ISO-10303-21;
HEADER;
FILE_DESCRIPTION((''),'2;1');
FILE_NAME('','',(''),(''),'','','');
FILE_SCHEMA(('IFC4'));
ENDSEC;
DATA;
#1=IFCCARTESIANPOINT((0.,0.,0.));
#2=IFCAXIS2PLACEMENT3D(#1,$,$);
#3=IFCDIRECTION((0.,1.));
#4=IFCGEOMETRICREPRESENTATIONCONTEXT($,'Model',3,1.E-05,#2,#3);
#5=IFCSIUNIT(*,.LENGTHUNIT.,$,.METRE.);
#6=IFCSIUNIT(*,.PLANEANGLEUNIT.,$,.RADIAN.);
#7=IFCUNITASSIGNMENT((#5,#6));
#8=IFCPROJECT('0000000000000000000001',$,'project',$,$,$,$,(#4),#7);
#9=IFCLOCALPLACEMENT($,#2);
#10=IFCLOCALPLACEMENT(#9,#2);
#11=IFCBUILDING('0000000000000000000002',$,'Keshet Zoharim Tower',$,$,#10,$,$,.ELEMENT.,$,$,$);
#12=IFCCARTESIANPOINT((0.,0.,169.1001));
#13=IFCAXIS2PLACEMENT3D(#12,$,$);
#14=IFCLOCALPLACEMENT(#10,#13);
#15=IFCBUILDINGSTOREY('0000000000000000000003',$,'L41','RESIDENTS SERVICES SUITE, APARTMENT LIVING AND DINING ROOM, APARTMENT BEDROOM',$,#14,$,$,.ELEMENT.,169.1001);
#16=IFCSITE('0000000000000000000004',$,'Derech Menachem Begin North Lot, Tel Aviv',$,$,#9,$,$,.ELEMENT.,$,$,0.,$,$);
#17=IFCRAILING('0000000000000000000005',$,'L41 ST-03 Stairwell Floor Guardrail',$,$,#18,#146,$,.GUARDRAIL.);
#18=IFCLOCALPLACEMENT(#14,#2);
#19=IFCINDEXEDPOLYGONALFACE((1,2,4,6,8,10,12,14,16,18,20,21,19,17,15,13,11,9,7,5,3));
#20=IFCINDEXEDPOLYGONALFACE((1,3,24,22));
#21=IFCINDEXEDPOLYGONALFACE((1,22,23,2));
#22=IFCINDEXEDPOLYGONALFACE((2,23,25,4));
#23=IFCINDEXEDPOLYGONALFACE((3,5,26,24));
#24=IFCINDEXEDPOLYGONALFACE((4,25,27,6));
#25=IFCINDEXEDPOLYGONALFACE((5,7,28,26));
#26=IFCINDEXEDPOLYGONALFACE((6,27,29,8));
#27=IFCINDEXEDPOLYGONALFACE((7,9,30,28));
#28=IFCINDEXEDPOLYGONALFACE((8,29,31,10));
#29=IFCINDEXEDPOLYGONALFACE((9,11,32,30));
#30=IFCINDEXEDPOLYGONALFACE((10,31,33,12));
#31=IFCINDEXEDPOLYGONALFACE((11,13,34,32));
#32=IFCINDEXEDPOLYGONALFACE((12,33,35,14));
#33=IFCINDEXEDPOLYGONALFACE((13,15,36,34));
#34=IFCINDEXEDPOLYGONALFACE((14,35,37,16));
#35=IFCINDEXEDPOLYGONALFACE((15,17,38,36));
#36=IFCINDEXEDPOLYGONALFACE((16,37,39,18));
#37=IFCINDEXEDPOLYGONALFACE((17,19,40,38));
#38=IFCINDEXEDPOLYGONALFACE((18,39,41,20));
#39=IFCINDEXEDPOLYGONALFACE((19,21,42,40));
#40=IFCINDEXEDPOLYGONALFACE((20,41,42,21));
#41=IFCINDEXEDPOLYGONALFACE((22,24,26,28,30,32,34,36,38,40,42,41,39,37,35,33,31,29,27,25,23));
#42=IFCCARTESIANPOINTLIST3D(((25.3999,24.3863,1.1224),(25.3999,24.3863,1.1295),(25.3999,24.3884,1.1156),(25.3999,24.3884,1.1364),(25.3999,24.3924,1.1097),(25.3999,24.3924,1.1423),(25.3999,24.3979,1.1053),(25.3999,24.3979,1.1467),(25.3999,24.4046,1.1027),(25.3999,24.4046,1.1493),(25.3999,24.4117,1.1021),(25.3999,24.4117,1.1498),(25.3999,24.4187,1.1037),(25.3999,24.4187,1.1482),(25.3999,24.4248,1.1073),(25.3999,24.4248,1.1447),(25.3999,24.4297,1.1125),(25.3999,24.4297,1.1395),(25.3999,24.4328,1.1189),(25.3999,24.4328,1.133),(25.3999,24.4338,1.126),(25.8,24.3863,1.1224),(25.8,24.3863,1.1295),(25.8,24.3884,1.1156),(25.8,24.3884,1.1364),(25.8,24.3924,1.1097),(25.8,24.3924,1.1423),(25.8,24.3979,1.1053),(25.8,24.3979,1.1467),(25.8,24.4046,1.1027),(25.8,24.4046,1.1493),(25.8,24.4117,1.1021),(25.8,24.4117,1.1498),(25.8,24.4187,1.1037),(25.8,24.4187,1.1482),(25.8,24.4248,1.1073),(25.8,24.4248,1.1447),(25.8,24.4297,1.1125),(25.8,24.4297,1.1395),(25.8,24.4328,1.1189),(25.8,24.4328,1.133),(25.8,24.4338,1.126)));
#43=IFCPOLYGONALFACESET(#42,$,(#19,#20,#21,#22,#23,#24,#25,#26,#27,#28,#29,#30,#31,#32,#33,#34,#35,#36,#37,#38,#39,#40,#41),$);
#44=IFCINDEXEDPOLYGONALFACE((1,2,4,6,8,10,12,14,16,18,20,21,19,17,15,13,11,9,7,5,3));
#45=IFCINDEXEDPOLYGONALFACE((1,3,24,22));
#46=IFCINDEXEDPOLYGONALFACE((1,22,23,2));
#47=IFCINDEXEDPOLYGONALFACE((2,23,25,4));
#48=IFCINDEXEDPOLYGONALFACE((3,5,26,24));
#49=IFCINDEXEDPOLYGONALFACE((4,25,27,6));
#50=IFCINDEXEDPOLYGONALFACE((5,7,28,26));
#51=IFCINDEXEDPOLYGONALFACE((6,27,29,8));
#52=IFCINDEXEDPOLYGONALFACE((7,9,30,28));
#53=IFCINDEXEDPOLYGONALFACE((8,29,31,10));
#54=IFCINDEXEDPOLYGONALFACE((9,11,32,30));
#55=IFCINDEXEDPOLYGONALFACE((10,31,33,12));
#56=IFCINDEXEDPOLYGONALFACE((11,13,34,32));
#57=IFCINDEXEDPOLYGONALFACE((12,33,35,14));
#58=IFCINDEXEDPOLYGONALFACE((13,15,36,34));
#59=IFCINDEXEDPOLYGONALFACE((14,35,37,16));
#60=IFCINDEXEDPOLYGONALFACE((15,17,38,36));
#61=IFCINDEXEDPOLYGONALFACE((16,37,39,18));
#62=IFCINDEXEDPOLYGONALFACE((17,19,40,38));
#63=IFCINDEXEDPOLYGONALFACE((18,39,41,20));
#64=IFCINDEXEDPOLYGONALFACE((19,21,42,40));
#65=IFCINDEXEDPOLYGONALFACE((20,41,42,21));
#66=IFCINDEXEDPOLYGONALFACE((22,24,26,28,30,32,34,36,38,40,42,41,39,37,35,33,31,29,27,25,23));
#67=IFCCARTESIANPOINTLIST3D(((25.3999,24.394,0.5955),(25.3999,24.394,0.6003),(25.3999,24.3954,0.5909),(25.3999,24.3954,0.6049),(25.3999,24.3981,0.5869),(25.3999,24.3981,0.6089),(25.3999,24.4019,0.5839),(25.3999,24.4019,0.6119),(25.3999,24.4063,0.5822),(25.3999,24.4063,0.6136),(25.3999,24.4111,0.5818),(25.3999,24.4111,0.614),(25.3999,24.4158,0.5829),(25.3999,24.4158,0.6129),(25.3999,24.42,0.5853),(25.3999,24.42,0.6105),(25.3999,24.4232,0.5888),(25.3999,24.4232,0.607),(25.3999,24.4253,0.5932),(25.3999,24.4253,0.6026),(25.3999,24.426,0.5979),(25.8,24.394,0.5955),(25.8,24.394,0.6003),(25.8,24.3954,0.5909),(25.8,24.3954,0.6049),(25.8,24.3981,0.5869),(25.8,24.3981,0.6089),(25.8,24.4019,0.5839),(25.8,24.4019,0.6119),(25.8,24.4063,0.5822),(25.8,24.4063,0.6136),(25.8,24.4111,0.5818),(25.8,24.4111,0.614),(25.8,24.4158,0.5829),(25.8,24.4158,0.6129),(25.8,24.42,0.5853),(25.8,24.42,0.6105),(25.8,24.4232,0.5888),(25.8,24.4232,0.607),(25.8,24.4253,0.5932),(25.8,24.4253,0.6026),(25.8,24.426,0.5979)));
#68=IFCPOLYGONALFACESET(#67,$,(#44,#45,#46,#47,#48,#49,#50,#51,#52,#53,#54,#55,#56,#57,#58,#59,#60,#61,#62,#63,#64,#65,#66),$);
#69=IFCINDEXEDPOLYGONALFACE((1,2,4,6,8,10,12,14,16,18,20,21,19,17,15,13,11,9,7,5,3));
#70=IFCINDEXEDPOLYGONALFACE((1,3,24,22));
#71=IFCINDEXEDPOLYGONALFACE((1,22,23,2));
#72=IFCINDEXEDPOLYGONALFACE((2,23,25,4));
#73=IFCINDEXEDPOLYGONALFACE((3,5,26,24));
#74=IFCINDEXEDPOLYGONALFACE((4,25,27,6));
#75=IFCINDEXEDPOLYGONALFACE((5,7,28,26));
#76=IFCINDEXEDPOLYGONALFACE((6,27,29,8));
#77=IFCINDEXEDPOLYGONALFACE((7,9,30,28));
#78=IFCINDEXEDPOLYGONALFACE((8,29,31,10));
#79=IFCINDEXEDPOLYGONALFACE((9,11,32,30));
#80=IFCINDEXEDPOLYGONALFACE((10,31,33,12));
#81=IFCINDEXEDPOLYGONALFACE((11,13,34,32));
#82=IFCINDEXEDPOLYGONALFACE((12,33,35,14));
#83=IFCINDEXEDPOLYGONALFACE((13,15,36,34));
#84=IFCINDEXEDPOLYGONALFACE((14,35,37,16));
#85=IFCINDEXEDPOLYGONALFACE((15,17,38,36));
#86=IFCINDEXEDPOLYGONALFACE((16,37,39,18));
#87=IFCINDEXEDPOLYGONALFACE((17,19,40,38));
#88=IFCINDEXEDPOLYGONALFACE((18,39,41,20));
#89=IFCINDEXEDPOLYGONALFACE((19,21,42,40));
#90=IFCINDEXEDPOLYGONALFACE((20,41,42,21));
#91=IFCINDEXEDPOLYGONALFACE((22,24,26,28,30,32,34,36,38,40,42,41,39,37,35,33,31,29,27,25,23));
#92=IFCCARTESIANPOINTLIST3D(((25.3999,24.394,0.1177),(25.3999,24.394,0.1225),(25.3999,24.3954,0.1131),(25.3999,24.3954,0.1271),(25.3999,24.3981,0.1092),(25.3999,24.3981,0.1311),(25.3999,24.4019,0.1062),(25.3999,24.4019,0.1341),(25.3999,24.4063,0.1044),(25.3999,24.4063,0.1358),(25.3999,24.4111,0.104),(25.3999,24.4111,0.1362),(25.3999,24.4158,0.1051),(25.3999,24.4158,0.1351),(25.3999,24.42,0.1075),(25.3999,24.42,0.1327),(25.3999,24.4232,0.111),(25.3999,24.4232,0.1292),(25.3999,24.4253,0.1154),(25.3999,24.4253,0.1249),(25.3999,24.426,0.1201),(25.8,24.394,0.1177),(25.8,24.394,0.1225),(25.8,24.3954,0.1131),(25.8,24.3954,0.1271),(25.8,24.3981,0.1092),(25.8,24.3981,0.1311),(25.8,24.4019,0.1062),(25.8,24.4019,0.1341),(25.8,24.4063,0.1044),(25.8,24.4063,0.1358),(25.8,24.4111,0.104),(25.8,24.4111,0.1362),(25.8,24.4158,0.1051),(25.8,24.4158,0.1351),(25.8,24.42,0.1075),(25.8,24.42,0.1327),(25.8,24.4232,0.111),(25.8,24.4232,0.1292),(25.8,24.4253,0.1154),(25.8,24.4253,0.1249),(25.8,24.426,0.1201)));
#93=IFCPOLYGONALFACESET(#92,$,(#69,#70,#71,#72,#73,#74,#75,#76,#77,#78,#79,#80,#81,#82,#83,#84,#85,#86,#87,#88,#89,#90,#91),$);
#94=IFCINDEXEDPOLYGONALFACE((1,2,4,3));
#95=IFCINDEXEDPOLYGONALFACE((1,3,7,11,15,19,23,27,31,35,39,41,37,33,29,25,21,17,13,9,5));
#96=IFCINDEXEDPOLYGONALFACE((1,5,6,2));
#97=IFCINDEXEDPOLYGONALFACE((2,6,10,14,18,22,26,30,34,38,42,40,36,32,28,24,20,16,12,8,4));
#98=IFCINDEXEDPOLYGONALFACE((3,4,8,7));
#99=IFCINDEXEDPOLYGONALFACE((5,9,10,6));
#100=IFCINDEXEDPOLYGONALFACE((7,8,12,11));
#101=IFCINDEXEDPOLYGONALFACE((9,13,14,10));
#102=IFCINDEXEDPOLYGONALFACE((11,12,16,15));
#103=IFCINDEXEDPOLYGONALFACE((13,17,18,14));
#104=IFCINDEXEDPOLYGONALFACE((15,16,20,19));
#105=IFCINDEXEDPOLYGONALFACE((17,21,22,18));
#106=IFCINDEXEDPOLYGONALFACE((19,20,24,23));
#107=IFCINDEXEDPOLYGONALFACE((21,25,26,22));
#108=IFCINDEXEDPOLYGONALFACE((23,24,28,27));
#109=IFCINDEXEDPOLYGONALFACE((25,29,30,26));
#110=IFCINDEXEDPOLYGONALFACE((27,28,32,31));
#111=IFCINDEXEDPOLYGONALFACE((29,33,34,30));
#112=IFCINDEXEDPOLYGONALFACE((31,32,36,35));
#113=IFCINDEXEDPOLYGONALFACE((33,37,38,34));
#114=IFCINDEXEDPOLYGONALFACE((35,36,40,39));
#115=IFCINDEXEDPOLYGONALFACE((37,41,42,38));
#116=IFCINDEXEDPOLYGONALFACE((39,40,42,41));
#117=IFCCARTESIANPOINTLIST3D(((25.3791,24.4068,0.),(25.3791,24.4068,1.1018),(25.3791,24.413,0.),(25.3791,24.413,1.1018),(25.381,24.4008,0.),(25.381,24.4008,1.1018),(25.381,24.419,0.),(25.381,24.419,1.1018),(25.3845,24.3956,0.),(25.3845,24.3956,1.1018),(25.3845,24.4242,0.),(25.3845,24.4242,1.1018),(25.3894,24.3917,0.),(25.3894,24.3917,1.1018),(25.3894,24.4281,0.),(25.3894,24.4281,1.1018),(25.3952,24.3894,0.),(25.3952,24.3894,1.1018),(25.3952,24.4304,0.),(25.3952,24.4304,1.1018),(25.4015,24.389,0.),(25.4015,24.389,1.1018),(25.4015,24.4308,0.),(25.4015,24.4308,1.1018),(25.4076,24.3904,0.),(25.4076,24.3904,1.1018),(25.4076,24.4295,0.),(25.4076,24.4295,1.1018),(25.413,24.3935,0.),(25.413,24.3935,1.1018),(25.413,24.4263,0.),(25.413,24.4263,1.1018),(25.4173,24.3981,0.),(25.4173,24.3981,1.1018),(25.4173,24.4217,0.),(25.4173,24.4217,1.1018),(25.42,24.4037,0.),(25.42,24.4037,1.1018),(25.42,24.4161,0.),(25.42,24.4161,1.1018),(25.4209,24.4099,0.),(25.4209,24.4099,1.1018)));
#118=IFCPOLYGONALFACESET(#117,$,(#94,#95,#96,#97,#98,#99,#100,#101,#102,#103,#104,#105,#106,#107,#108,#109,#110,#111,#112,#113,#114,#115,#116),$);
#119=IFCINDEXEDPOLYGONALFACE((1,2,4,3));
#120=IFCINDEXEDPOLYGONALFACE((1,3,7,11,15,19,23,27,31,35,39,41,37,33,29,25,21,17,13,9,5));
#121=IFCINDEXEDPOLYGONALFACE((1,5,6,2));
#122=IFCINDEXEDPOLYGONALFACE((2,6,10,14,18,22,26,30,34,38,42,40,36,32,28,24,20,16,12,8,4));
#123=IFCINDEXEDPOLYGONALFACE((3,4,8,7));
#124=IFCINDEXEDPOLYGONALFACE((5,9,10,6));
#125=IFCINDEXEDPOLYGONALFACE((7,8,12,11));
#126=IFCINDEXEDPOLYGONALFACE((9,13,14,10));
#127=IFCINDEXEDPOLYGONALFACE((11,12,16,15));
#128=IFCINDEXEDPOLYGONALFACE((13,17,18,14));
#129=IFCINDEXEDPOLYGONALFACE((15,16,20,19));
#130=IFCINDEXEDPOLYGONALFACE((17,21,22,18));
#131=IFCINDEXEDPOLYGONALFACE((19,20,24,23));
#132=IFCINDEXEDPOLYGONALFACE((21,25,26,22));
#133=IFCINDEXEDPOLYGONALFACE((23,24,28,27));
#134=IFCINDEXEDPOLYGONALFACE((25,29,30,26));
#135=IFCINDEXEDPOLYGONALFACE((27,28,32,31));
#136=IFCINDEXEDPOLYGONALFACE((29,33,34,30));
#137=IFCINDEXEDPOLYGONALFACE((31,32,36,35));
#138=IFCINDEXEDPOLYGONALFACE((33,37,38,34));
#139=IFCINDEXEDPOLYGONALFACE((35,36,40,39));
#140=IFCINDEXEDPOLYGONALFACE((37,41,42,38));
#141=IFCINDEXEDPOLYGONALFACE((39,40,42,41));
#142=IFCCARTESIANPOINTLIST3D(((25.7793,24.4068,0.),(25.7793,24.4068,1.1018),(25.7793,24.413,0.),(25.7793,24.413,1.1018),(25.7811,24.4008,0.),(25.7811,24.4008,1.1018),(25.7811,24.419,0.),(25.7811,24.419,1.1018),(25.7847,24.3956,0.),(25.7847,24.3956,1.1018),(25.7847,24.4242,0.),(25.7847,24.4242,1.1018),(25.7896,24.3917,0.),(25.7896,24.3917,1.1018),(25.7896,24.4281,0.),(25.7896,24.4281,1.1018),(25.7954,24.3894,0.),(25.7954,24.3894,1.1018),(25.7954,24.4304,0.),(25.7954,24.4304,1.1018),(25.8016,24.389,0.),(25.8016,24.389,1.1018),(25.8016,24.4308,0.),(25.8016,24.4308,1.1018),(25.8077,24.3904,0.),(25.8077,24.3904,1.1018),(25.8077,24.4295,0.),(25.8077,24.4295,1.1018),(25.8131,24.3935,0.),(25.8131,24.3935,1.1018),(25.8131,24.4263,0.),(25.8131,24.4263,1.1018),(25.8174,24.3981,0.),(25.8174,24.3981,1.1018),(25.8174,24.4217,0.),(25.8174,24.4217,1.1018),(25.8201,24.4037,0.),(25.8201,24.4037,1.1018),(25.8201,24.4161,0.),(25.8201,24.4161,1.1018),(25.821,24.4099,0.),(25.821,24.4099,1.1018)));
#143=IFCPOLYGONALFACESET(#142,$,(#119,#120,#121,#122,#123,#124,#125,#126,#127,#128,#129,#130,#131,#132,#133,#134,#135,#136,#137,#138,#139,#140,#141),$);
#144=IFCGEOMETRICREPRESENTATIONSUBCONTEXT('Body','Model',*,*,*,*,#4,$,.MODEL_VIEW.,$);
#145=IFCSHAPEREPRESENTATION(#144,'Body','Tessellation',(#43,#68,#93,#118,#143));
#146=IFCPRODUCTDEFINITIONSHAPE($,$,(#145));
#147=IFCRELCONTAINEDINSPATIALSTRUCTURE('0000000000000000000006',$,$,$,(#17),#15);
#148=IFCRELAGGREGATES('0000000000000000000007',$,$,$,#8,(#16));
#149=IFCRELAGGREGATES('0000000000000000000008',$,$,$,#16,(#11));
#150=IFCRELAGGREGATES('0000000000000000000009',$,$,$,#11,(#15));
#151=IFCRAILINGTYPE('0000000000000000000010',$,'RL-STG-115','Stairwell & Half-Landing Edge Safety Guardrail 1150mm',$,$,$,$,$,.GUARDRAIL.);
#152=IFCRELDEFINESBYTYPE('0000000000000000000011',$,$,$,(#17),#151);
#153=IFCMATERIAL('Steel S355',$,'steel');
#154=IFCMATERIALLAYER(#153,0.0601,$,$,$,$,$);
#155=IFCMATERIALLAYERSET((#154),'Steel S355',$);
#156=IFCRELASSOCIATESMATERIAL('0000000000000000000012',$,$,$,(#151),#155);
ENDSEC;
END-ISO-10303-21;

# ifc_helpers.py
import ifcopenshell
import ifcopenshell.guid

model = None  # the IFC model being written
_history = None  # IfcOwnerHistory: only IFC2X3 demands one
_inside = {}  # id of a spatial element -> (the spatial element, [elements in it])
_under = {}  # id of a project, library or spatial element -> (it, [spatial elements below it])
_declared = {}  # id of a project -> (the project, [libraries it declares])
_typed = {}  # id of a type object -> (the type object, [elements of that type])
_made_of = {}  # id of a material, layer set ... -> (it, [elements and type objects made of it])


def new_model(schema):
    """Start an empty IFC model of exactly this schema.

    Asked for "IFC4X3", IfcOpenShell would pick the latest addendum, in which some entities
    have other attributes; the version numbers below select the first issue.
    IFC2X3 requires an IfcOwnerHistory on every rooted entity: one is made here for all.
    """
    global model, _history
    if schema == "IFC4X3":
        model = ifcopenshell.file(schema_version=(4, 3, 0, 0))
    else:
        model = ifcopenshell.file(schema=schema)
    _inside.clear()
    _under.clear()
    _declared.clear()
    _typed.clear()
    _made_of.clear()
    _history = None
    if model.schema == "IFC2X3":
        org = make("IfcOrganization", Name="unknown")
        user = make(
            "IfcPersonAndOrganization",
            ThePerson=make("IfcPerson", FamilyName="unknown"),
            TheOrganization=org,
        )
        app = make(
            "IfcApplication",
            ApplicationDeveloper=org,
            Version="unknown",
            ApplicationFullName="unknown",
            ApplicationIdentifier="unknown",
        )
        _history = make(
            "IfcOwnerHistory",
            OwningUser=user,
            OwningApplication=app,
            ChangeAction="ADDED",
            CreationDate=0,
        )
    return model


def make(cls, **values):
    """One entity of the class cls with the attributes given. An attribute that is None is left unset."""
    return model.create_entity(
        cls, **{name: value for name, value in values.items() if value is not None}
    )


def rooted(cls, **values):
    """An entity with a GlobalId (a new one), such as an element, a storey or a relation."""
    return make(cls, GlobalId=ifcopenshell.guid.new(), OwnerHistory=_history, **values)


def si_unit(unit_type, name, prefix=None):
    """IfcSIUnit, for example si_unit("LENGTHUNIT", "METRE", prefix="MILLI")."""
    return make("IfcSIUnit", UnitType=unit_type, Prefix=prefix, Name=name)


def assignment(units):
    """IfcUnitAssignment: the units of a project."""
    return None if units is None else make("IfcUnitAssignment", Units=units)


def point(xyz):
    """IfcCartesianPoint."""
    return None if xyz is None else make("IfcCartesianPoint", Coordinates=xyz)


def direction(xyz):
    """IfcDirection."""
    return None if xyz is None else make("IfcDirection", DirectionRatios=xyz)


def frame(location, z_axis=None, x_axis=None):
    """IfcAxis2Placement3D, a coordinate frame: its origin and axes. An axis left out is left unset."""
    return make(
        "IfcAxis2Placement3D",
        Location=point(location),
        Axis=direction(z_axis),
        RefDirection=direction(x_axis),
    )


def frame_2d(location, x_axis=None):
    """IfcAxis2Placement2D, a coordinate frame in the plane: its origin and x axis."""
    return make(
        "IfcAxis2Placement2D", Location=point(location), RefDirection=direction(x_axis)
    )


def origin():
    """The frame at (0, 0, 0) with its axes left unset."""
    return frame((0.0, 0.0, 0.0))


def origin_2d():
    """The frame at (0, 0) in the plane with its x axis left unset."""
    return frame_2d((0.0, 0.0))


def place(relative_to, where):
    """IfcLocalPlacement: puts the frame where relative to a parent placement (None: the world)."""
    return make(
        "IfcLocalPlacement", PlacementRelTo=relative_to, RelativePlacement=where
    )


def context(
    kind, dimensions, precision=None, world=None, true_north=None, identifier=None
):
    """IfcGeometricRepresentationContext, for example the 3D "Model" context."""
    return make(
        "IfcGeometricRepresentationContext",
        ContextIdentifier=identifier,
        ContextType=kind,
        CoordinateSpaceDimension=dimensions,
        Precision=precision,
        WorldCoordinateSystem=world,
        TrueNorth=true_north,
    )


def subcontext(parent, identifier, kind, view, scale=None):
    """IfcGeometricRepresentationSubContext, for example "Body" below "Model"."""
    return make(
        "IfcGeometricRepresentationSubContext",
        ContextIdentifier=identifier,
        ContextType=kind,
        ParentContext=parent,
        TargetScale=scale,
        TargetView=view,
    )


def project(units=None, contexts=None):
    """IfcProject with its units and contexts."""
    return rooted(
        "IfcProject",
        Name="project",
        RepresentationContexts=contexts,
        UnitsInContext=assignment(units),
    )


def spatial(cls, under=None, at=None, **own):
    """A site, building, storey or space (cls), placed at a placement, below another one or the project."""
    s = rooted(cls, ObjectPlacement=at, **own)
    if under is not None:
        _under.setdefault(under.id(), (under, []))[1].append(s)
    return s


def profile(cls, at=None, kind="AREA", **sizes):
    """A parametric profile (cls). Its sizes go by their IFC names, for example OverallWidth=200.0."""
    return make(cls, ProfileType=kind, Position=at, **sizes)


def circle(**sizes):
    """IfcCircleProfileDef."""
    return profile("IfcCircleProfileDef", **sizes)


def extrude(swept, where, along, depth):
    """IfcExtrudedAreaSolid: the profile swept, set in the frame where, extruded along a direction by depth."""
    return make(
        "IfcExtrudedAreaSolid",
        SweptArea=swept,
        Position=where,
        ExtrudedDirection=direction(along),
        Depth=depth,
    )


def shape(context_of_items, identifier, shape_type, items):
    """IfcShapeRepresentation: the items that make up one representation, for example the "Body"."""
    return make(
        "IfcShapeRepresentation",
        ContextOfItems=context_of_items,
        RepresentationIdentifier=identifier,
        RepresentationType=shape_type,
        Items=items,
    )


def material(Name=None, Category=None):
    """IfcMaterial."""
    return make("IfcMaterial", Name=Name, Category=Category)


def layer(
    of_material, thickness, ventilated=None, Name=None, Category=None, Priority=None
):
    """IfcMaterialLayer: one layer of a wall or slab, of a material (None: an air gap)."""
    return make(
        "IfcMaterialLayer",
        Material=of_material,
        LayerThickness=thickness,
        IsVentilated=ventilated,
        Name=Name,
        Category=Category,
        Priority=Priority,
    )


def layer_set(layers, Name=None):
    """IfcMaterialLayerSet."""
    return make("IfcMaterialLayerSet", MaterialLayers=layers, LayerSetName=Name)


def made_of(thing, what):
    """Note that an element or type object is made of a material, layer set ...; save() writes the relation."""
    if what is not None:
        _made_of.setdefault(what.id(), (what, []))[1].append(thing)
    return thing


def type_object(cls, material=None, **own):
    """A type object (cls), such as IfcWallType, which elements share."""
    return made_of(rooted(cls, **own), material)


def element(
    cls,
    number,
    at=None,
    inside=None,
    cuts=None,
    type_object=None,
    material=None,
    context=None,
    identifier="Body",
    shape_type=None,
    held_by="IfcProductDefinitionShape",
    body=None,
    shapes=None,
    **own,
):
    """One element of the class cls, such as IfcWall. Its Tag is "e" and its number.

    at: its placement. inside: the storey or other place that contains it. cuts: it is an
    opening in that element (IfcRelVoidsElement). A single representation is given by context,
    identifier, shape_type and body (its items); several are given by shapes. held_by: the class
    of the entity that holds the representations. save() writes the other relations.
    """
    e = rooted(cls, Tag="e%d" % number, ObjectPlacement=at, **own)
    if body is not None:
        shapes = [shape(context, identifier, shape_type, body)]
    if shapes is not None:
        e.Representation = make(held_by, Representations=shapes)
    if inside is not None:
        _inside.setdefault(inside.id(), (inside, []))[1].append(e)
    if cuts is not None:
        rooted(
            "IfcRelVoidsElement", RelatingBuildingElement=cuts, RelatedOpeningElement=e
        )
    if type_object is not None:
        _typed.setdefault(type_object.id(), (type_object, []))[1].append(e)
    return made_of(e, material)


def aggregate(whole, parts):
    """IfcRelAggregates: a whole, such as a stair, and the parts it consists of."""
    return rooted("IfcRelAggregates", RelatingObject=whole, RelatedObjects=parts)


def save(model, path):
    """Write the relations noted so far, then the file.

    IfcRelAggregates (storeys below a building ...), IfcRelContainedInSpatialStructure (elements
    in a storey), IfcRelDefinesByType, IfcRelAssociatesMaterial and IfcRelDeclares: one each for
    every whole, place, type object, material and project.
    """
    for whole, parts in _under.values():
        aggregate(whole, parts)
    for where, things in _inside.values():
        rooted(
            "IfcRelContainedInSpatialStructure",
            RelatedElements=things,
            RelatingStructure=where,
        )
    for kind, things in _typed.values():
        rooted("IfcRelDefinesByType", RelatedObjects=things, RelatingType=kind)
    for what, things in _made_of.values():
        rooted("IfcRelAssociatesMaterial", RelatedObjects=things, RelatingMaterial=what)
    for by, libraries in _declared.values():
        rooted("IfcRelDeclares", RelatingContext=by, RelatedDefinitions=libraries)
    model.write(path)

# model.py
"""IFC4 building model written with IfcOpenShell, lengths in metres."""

from ifc_helpers import new_model, si_unit, direction, frame, origin, origin_2d, place, context, subcontext, project, spatial, circle, extrude, material, layer, layer_set, type_object, element, save


model = new_model("IFC4")

# Units and contexts
model_context = context("Model", 3, precision=1e-05, world=origin(), true_north=direction((0.0, 1.0)))
body_context = subcontext(model_context, "Body", "Model", "MODEL_VIEW")
ifc_project = project(units=[si_unit("LENGTHUNIT", "METRE"), si_unit("PLANEANGLEUNIT", "RADIAN")], contexts=[model_context])

# Site, building, storey
site_placement = place(None, origin())
site = spatial("IfcSite", under=ifc_project, at=site_placement, Name="Derech Menachem Begin North Lot, Tel Aviv", CompositionType="ELEMENT", RefElevation=0.0)
building_placement = place(site_placement, origin())
building = spatial("IfcBuilding", under=site, at=building_placement, Name="Keshet Zoharim Tower", CompositionType="ELEMENT")
storey_placement = place(building_placement, frame((0.0, 0.0, 169.1001)))
storey = spatial("IfcBuildingStorey", under=building, at=storey_placement, Name="L41", Description="RESIDENTS SERVICES SUITE, APARTMENT LIVING AND DINING ROOM, APARTMENT BEDROOM", CompositionType="ELEMENT", Elevation=169.1001)

# Railing
ifc_material_1 = material(Name="Steel S355", Category="steel")
ifc_layer_1 = layer(ifc_material_1, 0.0601)
ifc_layer_set_1 = layer_set([ifc_layer_1], Name="Steel S355")
railing_type_1 = type_object("IfcRailingType", Name="RL-STG-115", Description="Stairwell & Half-Landing Edge Safety Guardrail 1150mm", PredefinedType="GUARDRAIL", material=ifc_layer_set_1)
railing_1_placement = place(storey_placement, frame((25.3999, 24.4099, 0.0)))
element("IfcRailing", 1, at=railing_1_placement, inside=storey, type_object=railing_type_1, Name="L41 ST-03 Stairwell Floor Guardrail", PredefinedType="GUARDRAIL", context=body_context, shape_type="SweptSolid", body=[
    extrude(circle(Radius=0.0239, at=origin_2d()), frame((0.0, 0.0, 1.126), z_axis=(1.0, 0.0, 0.0), x_axis=(0.0, 1.0, 0.0)), (0.0, 0.0, 1.0), 0.4001),
    extrude(circle(Radius=0.0161, at=origin_2d()), frame((0.0, 0.0, 0.5979), z_axis=(1.0, 0.0, 0.0), x_axis=(0.0, 1.0, 0.0)), (0.0, 0.0, 1.0), 0.4001),
    extrude(circle(Radius=0.0161, at=origin_2d()), frame((0.0, 0.0, 0.1201), z_axis=(1.0, 0.0, 0.0), x_axis=(0.0, 1.0, 0.0)), (0.0, 0.0, 1.0), 0.4001),
    extrude(circle(Radius=0.021, at=origin_2d()), origin(), (0.0, 0.0, 1.0), 1.1018),
    extrude(circle(Radius=0.021, at=origin_2d()), frame((0.4001, 0.0, 0.0)), (0.0, 0.0, 1.0), 1.1018),
])

save(model, "model.ifc")
